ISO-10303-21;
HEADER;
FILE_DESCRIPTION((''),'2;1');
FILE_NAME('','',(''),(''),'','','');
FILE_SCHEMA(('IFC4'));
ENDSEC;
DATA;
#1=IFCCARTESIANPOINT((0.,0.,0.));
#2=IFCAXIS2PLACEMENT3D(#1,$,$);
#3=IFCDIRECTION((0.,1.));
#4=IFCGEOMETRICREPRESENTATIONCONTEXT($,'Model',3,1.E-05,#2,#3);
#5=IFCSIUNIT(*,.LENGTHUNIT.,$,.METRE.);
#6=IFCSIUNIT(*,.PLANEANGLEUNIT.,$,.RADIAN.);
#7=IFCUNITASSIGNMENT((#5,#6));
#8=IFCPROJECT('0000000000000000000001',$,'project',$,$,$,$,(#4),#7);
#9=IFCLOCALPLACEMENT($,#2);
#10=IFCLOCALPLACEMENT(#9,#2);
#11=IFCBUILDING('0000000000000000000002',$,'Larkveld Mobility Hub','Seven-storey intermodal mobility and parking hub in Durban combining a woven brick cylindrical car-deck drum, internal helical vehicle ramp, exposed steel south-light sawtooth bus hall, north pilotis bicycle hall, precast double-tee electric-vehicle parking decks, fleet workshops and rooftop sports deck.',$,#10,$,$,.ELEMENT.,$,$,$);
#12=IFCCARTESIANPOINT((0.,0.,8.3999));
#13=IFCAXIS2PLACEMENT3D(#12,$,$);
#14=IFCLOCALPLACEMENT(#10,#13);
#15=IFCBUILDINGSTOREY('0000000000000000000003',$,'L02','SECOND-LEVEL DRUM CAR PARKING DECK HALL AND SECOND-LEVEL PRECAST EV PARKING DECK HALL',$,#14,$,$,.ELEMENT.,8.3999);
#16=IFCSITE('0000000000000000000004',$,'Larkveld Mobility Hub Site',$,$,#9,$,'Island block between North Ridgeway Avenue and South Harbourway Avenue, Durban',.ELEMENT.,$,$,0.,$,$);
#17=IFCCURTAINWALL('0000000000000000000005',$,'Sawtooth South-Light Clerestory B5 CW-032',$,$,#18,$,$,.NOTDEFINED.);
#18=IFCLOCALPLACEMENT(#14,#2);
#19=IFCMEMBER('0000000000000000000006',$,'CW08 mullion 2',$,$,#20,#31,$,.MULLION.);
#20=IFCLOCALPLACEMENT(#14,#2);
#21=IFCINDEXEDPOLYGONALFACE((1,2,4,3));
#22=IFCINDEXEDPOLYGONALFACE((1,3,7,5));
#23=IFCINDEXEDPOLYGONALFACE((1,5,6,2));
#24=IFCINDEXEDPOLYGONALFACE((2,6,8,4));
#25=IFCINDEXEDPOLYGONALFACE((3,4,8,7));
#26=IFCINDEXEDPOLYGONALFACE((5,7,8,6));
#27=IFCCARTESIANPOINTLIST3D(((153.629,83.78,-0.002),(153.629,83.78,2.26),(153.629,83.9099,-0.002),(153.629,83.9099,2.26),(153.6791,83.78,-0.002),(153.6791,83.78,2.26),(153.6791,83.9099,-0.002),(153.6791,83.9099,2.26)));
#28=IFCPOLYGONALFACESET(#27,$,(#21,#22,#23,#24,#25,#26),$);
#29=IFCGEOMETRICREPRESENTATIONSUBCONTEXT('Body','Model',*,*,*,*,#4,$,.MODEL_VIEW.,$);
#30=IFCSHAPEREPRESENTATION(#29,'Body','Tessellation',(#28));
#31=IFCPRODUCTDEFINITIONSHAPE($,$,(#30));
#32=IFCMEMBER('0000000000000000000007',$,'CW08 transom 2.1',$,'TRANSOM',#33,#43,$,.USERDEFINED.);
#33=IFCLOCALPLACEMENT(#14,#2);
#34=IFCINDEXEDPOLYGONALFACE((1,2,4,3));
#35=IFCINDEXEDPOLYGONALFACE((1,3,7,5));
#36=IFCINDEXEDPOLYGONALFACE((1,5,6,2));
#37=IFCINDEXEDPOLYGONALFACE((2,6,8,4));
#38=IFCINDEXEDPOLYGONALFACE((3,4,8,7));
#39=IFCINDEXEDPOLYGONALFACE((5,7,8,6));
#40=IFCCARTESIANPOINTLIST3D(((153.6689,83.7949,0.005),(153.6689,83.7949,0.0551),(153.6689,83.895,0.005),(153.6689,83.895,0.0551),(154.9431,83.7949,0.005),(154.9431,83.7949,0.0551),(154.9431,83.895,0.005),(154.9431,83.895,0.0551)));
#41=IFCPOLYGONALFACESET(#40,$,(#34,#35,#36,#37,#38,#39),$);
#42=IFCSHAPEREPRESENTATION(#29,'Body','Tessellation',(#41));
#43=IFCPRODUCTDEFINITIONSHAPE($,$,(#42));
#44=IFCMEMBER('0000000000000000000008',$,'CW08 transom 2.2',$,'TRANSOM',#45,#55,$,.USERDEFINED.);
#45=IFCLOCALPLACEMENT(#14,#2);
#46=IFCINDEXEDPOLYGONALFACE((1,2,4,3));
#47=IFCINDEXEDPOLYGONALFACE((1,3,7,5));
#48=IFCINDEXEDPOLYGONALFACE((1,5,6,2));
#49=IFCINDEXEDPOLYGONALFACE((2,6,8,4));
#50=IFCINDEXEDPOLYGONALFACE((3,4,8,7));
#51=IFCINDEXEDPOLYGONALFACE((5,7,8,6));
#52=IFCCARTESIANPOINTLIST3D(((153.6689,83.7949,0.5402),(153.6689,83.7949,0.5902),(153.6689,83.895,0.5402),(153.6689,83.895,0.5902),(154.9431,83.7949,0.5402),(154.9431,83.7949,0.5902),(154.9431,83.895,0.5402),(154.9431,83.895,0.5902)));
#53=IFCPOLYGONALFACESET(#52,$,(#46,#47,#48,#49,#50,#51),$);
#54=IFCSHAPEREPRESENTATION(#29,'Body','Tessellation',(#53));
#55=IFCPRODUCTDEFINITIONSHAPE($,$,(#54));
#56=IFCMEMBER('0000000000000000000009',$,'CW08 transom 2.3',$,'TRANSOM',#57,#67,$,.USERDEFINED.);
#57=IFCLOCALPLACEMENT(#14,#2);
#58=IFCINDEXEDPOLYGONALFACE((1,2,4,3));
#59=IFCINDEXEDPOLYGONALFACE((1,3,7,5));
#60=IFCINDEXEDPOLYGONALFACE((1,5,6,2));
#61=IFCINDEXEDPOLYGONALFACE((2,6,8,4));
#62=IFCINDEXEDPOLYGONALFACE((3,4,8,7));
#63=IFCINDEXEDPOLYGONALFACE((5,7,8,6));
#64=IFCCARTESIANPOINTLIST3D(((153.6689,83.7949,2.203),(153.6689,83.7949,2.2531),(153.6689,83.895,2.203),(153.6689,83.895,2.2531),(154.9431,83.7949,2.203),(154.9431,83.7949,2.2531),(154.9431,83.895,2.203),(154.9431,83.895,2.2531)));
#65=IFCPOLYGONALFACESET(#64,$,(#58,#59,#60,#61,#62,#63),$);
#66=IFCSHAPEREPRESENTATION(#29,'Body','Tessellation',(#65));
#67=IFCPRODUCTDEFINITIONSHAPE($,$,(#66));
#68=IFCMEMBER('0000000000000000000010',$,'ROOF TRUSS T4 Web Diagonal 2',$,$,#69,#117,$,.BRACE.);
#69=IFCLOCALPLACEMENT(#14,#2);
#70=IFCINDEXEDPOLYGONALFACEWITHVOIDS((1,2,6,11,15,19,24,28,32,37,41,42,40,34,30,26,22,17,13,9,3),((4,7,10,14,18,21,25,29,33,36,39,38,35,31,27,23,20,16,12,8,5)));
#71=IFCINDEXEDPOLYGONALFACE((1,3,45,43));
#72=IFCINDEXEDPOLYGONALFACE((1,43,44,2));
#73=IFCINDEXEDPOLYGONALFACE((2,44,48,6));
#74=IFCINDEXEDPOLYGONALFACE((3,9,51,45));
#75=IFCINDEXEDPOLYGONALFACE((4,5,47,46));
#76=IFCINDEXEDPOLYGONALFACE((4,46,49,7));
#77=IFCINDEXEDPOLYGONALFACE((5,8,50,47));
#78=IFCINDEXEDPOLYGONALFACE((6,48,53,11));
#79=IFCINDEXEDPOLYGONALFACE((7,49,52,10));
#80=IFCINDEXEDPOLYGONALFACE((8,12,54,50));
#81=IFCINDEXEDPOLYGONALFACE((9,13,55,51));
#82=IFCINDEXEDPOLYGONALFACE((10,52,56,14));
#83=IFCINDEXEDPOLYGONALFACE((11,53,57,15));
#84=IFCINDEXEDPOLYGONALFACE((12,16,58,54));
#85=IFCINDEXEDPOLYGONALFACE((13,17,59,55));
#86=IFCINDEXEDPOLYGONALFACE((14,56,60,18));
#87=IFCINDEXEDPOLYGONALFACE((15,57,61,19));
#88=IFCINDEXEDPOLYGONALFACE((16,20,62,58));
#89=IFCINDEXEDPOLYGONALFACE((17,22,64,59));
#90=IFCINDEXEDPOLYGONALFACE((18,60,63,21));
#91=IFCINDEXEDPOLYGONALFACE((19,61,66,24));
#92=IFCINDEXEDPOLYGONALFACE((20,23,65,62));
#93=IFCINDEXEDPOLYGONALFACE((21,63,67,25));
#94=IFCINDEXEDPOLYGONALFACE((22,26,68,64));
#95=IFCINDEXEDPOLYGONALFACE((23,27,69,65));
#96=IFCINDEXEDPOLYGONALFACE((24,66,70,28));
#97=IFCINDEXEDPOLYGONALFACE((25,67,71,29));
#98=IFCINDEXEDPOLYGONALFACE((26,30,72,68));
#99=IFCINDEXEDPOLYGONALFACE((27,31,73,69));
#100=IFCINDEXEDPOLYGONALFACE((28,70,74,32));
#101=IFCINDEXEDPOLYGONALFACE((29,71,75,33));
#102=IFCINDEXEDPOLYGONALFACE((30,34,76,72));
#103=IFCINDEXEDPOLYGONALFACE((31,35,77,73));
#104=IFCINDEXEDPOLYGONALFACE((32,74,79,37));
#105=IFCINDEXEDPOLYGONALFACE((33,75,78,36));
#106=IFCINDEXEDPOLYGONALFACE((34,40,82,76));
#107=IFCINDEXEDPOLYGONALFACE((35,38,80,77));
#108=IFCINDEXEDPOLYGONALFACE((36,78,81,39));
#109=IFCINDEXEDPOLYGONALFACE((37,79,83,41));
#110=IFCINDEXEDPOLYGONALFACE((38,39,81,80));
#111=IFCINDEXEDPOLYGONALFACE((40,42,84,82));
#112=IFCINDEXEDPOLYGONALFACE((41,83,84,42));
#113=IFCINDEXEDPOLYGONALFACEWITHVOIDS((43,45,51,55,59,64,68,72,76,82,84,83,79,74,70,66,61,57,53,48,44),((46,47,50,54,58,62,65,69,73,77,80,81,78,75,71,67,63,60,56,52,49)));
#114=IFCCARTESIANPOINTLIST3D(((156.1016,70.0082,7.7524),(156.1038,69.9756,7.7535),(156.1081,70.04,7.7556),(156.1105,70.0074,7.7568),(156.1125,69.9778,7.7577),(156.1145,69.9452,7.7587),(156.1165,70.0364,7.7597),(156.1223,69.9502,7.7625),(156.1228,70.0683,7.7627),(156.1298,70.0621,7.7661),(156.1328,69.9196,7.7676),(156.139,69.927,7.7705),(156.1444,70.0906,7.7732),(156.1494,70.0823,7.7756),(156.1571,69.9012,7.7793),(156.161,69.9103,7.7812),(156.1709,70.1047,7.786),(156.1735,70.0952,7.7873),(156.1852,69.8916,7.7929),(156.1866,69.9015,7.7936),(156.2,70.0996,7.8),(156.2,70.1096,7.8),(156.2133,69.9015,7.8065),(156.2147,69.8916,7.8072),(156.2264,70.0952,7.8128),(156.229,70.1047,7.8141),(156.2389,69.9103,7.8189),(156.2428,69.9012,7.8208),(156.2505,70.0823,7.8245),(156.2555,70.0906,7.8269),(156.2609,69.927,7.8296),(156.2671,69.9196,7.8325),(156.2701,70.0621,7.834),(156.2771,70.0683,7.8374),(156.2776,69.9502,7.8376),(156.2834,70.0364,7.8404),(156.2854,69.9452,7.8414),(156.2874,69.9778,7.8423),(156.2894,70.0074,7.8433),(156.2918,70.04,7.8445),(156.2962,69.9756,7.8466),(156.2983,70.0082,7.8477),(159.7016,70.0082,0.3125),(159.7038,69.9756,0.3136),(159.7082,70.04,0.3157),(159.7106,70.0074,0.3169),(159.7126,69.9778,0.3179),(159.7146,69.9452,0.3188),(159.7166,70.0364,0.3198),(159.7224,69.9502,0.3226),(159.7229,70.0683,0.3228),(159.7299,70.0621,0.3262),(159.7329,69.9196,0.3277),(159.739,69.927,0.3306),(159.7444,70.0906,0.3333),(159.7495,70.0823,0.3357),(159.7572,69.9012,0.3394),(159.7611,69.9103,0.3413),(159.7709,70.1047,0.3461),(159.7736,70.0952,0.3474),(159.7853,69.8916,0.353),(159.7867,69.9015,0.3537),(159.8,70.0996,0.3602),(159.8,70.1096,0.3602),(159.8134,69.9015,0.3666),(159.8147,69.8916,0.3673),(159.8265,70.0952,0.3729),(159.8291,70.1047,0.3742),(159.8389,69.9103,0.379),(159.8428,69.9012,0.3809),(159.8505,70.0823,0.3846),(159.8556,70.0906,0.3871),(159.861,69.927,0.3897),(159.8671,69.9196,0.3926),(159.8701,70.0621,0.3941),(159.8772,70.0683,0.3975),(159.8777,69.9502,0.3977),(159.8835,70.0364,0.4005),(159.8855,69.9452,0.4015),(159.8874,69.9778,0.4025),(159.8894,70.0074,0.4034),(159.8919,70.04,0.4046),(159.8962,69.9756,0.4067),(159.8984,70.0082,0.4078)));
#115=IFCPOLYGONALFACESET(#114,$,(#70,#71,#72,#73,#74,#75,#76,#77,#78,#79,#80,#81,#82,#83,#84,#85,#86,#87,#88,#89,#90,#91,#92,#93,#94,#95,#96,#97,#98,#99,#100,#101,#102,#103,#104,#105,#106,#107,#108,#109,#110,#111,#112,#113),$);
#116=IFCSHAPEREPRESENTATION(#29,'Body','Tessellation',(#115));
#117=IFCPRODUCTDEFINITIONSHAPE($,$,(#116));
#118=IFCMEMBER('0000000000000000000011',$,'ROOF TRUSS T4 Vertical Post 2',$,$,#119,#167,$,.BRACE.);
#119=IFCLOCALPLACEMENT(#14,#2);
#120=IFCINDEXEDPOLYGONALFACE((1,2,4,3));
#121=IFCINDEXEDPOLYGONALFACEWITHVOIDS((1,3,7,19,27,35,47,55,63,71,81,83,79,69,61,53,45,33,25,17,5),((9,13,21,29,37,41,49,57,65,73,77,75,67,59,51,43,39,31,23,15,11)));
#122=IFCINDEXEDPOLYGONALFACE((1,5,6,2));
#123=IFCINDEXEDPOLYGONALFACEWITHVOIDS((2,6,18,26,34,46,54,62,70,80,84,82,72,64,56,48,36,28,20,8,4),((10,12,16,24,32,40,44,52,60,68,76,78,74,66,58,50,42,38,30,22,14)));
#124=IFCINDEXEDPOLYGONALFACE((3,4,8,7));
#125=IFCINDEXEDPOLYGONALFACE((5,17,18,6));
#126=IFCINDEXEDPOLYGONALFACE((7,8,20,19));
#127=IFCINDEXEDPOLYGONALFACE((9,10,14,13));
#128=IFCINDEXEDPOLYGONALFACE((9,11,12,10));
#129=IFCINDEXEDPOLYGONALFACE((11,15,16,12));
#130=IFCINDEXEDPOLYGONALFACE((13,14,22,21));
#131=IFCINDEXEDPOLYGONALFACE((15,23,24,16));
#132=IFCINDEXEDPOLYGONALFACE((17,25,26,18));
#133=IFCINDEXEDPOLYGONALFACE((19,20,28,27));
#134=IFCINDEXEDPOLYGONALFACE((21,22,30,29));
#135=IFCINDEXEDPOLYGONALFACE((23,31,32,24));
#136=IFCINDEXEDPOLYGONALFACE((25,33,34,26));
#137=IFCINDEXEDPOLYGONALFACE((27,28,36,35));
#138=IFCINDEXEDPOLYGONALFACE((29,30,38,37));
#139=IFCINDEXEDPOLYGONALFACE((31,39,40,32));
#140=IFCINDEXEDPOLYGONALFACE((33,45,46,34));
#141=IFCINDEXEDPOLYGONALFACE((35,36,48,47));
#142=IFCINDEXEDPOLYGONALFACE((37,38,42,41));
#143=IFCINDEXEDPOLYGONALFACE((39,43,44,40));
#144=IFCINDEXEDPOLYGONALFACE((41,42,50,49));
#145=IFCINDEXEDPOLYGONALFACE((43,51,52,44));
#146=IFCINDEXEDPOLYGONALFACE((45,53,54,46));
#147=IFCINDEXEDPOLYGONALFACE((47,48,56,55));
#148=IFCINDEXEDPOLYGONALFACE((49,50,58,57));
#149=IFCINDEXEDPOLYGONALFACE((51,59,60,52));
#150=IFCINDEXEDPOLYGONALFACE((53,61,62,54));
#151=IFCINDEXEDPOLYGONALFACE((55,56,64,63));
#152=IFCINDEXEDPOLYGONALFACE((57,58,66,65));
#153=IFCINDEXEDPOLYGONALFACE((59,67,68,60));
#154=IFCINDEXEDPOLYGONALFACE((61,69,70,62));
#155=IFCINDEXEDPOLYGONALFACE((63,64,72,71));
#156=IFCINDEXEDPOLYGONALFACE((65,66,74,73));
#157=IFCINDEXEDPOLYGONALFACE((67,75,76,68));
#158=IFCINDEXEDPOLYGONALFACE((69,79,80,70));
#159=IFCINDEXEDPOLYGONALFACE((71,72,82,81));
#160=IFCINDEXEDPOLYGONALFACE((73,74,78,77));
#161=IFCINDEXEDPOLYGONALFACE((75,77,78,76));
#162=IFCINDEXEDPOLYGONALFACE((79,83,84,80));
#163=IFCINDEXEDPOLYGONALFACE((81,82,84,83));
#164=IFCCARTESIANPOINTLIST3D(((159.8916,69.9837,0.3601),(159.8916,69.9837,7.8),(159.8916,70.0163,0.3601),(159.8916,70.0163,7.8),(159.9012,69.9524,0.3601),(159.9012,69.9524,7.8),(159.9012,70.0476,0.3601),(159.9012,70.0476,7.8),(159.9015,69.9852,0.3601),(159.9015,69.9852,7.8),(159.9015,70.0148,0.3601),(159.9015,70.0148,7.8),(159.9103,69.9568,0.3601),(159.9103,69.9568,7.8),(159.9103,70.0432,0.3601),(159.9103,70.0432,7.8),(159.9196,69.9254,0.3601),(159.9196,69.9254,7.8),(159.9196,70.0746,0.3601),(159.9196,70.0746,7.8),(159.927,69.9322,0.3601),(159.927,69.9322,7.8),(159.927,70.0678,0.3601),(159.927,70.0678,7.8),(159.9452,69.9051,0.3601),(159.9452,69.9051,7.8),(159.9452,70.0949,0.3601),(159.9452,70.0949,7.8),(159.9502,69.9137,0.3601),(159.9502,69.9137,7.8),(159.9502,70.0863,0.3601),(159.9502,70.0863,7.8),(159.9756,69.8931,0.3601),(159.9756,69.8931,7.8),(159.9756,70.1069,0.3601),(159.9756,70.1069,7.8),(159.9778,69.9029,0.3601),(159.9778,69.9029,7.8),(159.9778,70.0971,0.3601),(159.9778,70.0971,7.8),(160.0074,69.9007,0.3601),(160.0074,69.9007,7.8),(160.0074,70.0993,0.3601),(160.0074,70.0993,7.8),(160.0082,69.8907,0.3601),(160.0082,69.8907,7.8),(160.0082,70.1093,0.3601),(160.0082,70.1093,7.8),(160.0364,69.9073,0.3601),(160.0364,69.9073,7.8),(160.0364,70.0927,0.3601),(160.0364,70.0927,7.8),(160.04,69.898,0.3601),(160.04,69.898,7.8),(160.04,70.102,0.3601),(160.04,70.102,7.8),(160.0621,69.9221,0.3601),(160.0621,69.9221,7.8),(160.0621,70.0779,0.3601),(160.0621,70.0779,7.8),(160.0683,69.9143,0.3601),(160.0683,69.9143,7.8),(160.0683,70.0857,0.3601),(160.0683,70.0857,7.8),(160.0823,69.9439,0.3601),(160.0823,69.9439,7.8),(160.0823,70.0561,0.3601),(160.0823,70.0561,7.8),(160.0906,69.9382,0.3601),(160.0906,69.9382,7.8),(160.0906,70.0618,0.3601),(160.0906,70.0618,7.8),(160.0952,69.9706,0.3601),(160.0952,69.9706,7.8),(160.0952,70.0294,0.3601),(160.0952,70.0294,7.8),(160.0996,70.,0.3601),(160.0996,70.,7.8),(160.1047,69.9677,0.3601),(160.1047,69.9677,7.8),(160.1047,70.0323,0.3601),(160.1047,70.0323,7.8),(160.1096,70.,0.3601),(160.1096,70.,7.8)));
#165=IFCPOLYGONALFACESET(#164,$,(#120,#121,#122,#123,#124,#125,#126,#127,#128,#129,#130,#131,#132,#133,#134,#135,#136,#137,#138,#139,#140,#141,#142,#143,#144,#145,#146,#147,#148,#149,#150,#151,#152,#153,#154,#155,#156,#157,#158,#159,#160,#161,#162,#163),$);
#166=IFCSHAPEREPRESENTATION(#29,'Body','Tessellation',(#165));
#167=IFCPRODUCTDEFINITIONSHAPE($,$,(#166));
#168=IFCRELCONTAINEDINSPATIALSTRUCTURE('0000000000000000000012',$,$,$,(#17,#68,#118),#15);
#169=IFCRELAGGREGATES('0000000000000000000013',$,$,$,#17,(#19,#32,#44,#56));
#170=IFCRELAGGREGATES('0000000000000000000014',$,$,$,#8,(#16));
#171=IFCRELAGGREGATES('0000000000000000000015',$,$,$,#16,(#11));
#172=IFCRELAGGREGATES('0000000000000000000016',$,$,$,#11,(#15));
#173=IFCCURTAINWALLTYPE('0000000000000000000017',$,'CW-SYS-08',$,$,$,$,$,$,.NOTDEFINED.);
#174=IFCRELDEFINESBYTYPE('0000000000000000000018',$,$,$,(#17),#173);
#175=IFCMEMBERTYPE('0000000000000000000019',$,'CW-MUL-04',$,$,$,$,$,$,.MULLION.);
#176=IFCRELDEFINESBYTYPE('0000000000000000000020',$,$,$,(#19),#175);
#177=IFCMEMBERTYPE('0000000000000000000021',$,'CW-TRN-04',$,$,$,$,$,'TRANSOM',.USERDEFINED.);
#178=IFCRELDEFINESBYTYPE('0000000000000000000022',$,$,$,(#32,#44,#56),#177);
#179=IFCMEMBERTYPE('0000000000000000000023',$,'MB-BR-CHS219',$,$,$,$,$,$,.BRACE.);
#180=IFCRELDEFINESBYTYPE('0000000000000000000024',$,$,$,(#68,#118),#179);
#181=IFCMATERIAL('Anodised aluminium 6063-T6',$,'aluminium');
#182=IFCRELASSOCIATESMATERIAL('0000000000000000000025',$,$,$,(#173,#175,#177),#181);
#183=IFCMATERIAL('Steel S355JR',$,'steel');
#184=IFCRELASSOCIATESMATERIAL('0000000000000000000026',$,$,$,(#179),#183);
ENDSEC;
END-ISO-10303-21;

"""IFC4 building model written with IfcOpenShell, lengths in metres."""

from ifc_helpers import new_model, si_unit, direction, frame, origin, origin_2d, place, context, subcontext, project, spatial, rectangle, hollow_circle, extrude, material, material_profile, profile_set, type_object, element, aggregate, save


model = new_model("IFC4")

# Units and contexts
model_context = context("Model", 3, precision=1e-05, world=origin(), true_north=direction((0.0, 1.0)))
body_context = subcontext(model_context, "Body", "Model", "MODEL_VIEW")
ifc_project = project(units=[si_unit("LENGTHUNIT", "METRE"), si_unit("PLANEANGLEUNIT", "RADIAN")], contexts=[model_context])

# Site, building, storey
site_placement = place(None, origin())
site = spatial("IfcSite", under=ifc_project, at=site_placement, Name="Larkveld Mobility Hub Site", LongName="Island block between North Ridgeway Avenue and South Harbourway Avenue, Durban", CompositionType="ELEMENT", RefElevation=0.0)
building_placement = place(site_placement, origin())
building = spatial("IfcBuilding", under=site, at=building_placement, Name="Larkveld Mobility Hub", Description="Seven-storey intermodal mobility and parking hub in Durban combining a woven brick cylindrical car-deck drum, internal helical vehicle ramp, exposed steel south-light sawtooth bus hall, north pilotis bicycle hall, precast double-tee electric-vehicle parking decks, fleet workshops and rooftop sports deck.", CompositionType="ELEMENT")
storey_placement = place(building_placement, frame((0.0, 0.0, 8.3999)))
storey = spatial("IfcBuildingStorey", under=building, at=storey_placement, Name="L02", Description="SECOND-LEVEL DRUM CAR PARKING DECK HALL AND SECOND-LEVEL PRECAST EV PARKING DECK HALL", CompositionType="ELEMENT", Elevation=8.3999)

# Curtain wall, members
ifc_material_1 = material(Name="Anodised aluminium 6063-T6", Category="aluminium")
curtain_wall_type = type_object("IfcCurtainWallType", Name="CW-SYS-08", PredefinedType="NOTDEFINED", material=ifc_material_1)
curtain_wall_placement = place(storey_placement, origin())
curtain_wall = element("IfcCurtainWall", 1, at=curtain_wall_placement, inside=storey, type_object=curtain_wall_type, Name="Sawtooth South-Light Clerestory B5 CW-032", PredefinedType="NOTDEFINED")
ifc_material_profile_1 = material_profile(ifc_material_1, rectangle(XDim=0.05, YDim=0.1299, at=origin_2d()), Name="ALU MULL 50x130")
ifc_profile_set_1 = profile_set([ifc_material_profile_1], Name="Anodised aluminium 6063-T6")
member_type_1 = type_object("IfcMemberType", Name="CW-MUL-04", PredefinedType="MULLION", material=ifc_profile_set_1)
member_1_placement = place(storey_placement, frame((153.6541, 83.845, -0.002), z_axis=(0.0, 0.0, 1.0), x_axis=(1.0, 0.0, 0.0)))
member_1 = element("IfcMember", 2, at=member_1_placement, type_object=member_type_1, Name="CW08 mullion 2", PredefinedType="MULLION", context=body_context, shape_type="SweptSolid", body=[
    extrude(rectangle(XDim=0.05, YDim=0.1299, at=origin_2d()), origin(), (0.0, 0.0, 1.0), 2.262),
])
ifc_material_profile_2 = material_profile(ifc_material_1, rectangle(XDim=0.1001, YDim=0.05, at=origin_2d()), Name="ALU TRAN 50x100")
ifc_profile_set_2 = profile_set([ifc_material_profile_2], Name="Anodised aluminium 6063-T6")
member_type_2 = type_object("IfcMemberType", Name="CW-TRN-04", ElementType="TRANSOM", PredefinedType="USERDEFINED", material=ifc_profile_set_2)
member_2_placement = place(storey_placement, frame((153.6689, 83.845, 0.03), z_axis=(1.0, 0.0, 0.0), x_axis=(0.0, 1.0, 0.0)))
member_2 = element("IfcMember", 3, at=member_2_placement, type_object=member_type_2, Name="CW08 transom 2.1", ObjectType="TRANSOM", PredefinedType="USERDEFINED", context=body_context, shape_type="SweptSolid", body=[
    extrude(rectangle(XDim=0.1001, YDim=0.05, at=origin_2d()), origin(), (0.0, 0.0, 1.0), 1.2742),
])
member_3_placement = place(storey_placement, frame((153.6689, 83.845, 0.5652), z_axis=(1.0, 0.0, 0.0), x_axis=(0.0, 1.0, 0.0)))
member_3 = element("IfcMember", 4, at=member_3_placement, type_object=member_type_2, Name="CW08 transom 2.2", ObjectType="TRANSOM", PredefinedType="USERDEFINED", context=body_context, shape_type="SweptSolid", body=[
    extrude(rectangle(XDim=0.1001, YDim=0.05, at=origin_2d()), origin(), (0.0, 0.0, 1.0), 1.2742),
])
member_4_placement = place(storey_placement, frame((153.6689, 83.845, 2.228), z_axis=(1.0, 0.0, 0.0), x_axis=(0.0, 1.0, 0.0)))
member_4 = element("IfcMember", 5, at=member_4_placement, type_object=member_type_2, Name="CW08 transom 2.3", ObjectType="TRANSOM", PredefinedType="USERDEFINED", context=body_context, shape_type="SweptSolid", body=[
    extrude(rectangle(XDim=0.1001, YDim=0.05, at=origin_2d()), origin(), (0.0, 0.0, 1.0), 1.2742),
])

# Members
ifc_material_2 = material(Name="Steel S355JR", Category="steel")
ifc_material_profile_3 = material_profile(ifc_material_2, hollow_circle(Radius=0.1096, WallThickness=0.01, at=origin_2d()), Name="CHS 219.1x10")
ifc_profile_set_3 = profile_set([ifc_material_profile_3], Name="Steel S355JR")
member_type_3 = type_object("IfcMemberType", Name="MB-BR-CHS219", PredefinedType="BRACE", material=ifc_profile_set_3)
member_5_placement = place(storey_placement, frame((156.2, 70.0, 7.8), z_axis=(0.435573, 0.0, -0.900153), x_axis=(0.0, 1.0, 0.0)))
element("IfcMember", 6, at=member_5_placement, inside=storey, type_object=member_type_3, Name="ROOF TRUSS T4 Web Diagonal 2", PredefinedType="BRACE", context=body_context, shape_type="SweptSolid", body=[
    extrude(hollow_circle(Radius=0.1096, WallThickness=0.01, at=origin_2d()), origin(), (0.0, 0.0, 1.0), 8.2651),
])
member_6_placement = place(storey_placement, frame((160.0, 70.0, 0.3601), z_axis=(0.0, 0.0, 1.0), x_axis=(1.0, 0.0, 0.0)))
element("IfcMember", 7, at=member_6_placement, inside=storey, type_object=member_type_3, Name="ROOF TRUSS T4 Vertical Post 2", PredefinedType="BRACE", context=body_context, shape_type="SweptSolid", body=[
    extrude(hollow_circle(Radius=0.1096, WallThickness=0.01, at=origin_2d()), origin(), (0.0, 0.0, 1.0), 7.4399),
])

aggregate(curtain_wall, [member_1, member_2, member_3, member_4])

save(model, "model.ifc")
